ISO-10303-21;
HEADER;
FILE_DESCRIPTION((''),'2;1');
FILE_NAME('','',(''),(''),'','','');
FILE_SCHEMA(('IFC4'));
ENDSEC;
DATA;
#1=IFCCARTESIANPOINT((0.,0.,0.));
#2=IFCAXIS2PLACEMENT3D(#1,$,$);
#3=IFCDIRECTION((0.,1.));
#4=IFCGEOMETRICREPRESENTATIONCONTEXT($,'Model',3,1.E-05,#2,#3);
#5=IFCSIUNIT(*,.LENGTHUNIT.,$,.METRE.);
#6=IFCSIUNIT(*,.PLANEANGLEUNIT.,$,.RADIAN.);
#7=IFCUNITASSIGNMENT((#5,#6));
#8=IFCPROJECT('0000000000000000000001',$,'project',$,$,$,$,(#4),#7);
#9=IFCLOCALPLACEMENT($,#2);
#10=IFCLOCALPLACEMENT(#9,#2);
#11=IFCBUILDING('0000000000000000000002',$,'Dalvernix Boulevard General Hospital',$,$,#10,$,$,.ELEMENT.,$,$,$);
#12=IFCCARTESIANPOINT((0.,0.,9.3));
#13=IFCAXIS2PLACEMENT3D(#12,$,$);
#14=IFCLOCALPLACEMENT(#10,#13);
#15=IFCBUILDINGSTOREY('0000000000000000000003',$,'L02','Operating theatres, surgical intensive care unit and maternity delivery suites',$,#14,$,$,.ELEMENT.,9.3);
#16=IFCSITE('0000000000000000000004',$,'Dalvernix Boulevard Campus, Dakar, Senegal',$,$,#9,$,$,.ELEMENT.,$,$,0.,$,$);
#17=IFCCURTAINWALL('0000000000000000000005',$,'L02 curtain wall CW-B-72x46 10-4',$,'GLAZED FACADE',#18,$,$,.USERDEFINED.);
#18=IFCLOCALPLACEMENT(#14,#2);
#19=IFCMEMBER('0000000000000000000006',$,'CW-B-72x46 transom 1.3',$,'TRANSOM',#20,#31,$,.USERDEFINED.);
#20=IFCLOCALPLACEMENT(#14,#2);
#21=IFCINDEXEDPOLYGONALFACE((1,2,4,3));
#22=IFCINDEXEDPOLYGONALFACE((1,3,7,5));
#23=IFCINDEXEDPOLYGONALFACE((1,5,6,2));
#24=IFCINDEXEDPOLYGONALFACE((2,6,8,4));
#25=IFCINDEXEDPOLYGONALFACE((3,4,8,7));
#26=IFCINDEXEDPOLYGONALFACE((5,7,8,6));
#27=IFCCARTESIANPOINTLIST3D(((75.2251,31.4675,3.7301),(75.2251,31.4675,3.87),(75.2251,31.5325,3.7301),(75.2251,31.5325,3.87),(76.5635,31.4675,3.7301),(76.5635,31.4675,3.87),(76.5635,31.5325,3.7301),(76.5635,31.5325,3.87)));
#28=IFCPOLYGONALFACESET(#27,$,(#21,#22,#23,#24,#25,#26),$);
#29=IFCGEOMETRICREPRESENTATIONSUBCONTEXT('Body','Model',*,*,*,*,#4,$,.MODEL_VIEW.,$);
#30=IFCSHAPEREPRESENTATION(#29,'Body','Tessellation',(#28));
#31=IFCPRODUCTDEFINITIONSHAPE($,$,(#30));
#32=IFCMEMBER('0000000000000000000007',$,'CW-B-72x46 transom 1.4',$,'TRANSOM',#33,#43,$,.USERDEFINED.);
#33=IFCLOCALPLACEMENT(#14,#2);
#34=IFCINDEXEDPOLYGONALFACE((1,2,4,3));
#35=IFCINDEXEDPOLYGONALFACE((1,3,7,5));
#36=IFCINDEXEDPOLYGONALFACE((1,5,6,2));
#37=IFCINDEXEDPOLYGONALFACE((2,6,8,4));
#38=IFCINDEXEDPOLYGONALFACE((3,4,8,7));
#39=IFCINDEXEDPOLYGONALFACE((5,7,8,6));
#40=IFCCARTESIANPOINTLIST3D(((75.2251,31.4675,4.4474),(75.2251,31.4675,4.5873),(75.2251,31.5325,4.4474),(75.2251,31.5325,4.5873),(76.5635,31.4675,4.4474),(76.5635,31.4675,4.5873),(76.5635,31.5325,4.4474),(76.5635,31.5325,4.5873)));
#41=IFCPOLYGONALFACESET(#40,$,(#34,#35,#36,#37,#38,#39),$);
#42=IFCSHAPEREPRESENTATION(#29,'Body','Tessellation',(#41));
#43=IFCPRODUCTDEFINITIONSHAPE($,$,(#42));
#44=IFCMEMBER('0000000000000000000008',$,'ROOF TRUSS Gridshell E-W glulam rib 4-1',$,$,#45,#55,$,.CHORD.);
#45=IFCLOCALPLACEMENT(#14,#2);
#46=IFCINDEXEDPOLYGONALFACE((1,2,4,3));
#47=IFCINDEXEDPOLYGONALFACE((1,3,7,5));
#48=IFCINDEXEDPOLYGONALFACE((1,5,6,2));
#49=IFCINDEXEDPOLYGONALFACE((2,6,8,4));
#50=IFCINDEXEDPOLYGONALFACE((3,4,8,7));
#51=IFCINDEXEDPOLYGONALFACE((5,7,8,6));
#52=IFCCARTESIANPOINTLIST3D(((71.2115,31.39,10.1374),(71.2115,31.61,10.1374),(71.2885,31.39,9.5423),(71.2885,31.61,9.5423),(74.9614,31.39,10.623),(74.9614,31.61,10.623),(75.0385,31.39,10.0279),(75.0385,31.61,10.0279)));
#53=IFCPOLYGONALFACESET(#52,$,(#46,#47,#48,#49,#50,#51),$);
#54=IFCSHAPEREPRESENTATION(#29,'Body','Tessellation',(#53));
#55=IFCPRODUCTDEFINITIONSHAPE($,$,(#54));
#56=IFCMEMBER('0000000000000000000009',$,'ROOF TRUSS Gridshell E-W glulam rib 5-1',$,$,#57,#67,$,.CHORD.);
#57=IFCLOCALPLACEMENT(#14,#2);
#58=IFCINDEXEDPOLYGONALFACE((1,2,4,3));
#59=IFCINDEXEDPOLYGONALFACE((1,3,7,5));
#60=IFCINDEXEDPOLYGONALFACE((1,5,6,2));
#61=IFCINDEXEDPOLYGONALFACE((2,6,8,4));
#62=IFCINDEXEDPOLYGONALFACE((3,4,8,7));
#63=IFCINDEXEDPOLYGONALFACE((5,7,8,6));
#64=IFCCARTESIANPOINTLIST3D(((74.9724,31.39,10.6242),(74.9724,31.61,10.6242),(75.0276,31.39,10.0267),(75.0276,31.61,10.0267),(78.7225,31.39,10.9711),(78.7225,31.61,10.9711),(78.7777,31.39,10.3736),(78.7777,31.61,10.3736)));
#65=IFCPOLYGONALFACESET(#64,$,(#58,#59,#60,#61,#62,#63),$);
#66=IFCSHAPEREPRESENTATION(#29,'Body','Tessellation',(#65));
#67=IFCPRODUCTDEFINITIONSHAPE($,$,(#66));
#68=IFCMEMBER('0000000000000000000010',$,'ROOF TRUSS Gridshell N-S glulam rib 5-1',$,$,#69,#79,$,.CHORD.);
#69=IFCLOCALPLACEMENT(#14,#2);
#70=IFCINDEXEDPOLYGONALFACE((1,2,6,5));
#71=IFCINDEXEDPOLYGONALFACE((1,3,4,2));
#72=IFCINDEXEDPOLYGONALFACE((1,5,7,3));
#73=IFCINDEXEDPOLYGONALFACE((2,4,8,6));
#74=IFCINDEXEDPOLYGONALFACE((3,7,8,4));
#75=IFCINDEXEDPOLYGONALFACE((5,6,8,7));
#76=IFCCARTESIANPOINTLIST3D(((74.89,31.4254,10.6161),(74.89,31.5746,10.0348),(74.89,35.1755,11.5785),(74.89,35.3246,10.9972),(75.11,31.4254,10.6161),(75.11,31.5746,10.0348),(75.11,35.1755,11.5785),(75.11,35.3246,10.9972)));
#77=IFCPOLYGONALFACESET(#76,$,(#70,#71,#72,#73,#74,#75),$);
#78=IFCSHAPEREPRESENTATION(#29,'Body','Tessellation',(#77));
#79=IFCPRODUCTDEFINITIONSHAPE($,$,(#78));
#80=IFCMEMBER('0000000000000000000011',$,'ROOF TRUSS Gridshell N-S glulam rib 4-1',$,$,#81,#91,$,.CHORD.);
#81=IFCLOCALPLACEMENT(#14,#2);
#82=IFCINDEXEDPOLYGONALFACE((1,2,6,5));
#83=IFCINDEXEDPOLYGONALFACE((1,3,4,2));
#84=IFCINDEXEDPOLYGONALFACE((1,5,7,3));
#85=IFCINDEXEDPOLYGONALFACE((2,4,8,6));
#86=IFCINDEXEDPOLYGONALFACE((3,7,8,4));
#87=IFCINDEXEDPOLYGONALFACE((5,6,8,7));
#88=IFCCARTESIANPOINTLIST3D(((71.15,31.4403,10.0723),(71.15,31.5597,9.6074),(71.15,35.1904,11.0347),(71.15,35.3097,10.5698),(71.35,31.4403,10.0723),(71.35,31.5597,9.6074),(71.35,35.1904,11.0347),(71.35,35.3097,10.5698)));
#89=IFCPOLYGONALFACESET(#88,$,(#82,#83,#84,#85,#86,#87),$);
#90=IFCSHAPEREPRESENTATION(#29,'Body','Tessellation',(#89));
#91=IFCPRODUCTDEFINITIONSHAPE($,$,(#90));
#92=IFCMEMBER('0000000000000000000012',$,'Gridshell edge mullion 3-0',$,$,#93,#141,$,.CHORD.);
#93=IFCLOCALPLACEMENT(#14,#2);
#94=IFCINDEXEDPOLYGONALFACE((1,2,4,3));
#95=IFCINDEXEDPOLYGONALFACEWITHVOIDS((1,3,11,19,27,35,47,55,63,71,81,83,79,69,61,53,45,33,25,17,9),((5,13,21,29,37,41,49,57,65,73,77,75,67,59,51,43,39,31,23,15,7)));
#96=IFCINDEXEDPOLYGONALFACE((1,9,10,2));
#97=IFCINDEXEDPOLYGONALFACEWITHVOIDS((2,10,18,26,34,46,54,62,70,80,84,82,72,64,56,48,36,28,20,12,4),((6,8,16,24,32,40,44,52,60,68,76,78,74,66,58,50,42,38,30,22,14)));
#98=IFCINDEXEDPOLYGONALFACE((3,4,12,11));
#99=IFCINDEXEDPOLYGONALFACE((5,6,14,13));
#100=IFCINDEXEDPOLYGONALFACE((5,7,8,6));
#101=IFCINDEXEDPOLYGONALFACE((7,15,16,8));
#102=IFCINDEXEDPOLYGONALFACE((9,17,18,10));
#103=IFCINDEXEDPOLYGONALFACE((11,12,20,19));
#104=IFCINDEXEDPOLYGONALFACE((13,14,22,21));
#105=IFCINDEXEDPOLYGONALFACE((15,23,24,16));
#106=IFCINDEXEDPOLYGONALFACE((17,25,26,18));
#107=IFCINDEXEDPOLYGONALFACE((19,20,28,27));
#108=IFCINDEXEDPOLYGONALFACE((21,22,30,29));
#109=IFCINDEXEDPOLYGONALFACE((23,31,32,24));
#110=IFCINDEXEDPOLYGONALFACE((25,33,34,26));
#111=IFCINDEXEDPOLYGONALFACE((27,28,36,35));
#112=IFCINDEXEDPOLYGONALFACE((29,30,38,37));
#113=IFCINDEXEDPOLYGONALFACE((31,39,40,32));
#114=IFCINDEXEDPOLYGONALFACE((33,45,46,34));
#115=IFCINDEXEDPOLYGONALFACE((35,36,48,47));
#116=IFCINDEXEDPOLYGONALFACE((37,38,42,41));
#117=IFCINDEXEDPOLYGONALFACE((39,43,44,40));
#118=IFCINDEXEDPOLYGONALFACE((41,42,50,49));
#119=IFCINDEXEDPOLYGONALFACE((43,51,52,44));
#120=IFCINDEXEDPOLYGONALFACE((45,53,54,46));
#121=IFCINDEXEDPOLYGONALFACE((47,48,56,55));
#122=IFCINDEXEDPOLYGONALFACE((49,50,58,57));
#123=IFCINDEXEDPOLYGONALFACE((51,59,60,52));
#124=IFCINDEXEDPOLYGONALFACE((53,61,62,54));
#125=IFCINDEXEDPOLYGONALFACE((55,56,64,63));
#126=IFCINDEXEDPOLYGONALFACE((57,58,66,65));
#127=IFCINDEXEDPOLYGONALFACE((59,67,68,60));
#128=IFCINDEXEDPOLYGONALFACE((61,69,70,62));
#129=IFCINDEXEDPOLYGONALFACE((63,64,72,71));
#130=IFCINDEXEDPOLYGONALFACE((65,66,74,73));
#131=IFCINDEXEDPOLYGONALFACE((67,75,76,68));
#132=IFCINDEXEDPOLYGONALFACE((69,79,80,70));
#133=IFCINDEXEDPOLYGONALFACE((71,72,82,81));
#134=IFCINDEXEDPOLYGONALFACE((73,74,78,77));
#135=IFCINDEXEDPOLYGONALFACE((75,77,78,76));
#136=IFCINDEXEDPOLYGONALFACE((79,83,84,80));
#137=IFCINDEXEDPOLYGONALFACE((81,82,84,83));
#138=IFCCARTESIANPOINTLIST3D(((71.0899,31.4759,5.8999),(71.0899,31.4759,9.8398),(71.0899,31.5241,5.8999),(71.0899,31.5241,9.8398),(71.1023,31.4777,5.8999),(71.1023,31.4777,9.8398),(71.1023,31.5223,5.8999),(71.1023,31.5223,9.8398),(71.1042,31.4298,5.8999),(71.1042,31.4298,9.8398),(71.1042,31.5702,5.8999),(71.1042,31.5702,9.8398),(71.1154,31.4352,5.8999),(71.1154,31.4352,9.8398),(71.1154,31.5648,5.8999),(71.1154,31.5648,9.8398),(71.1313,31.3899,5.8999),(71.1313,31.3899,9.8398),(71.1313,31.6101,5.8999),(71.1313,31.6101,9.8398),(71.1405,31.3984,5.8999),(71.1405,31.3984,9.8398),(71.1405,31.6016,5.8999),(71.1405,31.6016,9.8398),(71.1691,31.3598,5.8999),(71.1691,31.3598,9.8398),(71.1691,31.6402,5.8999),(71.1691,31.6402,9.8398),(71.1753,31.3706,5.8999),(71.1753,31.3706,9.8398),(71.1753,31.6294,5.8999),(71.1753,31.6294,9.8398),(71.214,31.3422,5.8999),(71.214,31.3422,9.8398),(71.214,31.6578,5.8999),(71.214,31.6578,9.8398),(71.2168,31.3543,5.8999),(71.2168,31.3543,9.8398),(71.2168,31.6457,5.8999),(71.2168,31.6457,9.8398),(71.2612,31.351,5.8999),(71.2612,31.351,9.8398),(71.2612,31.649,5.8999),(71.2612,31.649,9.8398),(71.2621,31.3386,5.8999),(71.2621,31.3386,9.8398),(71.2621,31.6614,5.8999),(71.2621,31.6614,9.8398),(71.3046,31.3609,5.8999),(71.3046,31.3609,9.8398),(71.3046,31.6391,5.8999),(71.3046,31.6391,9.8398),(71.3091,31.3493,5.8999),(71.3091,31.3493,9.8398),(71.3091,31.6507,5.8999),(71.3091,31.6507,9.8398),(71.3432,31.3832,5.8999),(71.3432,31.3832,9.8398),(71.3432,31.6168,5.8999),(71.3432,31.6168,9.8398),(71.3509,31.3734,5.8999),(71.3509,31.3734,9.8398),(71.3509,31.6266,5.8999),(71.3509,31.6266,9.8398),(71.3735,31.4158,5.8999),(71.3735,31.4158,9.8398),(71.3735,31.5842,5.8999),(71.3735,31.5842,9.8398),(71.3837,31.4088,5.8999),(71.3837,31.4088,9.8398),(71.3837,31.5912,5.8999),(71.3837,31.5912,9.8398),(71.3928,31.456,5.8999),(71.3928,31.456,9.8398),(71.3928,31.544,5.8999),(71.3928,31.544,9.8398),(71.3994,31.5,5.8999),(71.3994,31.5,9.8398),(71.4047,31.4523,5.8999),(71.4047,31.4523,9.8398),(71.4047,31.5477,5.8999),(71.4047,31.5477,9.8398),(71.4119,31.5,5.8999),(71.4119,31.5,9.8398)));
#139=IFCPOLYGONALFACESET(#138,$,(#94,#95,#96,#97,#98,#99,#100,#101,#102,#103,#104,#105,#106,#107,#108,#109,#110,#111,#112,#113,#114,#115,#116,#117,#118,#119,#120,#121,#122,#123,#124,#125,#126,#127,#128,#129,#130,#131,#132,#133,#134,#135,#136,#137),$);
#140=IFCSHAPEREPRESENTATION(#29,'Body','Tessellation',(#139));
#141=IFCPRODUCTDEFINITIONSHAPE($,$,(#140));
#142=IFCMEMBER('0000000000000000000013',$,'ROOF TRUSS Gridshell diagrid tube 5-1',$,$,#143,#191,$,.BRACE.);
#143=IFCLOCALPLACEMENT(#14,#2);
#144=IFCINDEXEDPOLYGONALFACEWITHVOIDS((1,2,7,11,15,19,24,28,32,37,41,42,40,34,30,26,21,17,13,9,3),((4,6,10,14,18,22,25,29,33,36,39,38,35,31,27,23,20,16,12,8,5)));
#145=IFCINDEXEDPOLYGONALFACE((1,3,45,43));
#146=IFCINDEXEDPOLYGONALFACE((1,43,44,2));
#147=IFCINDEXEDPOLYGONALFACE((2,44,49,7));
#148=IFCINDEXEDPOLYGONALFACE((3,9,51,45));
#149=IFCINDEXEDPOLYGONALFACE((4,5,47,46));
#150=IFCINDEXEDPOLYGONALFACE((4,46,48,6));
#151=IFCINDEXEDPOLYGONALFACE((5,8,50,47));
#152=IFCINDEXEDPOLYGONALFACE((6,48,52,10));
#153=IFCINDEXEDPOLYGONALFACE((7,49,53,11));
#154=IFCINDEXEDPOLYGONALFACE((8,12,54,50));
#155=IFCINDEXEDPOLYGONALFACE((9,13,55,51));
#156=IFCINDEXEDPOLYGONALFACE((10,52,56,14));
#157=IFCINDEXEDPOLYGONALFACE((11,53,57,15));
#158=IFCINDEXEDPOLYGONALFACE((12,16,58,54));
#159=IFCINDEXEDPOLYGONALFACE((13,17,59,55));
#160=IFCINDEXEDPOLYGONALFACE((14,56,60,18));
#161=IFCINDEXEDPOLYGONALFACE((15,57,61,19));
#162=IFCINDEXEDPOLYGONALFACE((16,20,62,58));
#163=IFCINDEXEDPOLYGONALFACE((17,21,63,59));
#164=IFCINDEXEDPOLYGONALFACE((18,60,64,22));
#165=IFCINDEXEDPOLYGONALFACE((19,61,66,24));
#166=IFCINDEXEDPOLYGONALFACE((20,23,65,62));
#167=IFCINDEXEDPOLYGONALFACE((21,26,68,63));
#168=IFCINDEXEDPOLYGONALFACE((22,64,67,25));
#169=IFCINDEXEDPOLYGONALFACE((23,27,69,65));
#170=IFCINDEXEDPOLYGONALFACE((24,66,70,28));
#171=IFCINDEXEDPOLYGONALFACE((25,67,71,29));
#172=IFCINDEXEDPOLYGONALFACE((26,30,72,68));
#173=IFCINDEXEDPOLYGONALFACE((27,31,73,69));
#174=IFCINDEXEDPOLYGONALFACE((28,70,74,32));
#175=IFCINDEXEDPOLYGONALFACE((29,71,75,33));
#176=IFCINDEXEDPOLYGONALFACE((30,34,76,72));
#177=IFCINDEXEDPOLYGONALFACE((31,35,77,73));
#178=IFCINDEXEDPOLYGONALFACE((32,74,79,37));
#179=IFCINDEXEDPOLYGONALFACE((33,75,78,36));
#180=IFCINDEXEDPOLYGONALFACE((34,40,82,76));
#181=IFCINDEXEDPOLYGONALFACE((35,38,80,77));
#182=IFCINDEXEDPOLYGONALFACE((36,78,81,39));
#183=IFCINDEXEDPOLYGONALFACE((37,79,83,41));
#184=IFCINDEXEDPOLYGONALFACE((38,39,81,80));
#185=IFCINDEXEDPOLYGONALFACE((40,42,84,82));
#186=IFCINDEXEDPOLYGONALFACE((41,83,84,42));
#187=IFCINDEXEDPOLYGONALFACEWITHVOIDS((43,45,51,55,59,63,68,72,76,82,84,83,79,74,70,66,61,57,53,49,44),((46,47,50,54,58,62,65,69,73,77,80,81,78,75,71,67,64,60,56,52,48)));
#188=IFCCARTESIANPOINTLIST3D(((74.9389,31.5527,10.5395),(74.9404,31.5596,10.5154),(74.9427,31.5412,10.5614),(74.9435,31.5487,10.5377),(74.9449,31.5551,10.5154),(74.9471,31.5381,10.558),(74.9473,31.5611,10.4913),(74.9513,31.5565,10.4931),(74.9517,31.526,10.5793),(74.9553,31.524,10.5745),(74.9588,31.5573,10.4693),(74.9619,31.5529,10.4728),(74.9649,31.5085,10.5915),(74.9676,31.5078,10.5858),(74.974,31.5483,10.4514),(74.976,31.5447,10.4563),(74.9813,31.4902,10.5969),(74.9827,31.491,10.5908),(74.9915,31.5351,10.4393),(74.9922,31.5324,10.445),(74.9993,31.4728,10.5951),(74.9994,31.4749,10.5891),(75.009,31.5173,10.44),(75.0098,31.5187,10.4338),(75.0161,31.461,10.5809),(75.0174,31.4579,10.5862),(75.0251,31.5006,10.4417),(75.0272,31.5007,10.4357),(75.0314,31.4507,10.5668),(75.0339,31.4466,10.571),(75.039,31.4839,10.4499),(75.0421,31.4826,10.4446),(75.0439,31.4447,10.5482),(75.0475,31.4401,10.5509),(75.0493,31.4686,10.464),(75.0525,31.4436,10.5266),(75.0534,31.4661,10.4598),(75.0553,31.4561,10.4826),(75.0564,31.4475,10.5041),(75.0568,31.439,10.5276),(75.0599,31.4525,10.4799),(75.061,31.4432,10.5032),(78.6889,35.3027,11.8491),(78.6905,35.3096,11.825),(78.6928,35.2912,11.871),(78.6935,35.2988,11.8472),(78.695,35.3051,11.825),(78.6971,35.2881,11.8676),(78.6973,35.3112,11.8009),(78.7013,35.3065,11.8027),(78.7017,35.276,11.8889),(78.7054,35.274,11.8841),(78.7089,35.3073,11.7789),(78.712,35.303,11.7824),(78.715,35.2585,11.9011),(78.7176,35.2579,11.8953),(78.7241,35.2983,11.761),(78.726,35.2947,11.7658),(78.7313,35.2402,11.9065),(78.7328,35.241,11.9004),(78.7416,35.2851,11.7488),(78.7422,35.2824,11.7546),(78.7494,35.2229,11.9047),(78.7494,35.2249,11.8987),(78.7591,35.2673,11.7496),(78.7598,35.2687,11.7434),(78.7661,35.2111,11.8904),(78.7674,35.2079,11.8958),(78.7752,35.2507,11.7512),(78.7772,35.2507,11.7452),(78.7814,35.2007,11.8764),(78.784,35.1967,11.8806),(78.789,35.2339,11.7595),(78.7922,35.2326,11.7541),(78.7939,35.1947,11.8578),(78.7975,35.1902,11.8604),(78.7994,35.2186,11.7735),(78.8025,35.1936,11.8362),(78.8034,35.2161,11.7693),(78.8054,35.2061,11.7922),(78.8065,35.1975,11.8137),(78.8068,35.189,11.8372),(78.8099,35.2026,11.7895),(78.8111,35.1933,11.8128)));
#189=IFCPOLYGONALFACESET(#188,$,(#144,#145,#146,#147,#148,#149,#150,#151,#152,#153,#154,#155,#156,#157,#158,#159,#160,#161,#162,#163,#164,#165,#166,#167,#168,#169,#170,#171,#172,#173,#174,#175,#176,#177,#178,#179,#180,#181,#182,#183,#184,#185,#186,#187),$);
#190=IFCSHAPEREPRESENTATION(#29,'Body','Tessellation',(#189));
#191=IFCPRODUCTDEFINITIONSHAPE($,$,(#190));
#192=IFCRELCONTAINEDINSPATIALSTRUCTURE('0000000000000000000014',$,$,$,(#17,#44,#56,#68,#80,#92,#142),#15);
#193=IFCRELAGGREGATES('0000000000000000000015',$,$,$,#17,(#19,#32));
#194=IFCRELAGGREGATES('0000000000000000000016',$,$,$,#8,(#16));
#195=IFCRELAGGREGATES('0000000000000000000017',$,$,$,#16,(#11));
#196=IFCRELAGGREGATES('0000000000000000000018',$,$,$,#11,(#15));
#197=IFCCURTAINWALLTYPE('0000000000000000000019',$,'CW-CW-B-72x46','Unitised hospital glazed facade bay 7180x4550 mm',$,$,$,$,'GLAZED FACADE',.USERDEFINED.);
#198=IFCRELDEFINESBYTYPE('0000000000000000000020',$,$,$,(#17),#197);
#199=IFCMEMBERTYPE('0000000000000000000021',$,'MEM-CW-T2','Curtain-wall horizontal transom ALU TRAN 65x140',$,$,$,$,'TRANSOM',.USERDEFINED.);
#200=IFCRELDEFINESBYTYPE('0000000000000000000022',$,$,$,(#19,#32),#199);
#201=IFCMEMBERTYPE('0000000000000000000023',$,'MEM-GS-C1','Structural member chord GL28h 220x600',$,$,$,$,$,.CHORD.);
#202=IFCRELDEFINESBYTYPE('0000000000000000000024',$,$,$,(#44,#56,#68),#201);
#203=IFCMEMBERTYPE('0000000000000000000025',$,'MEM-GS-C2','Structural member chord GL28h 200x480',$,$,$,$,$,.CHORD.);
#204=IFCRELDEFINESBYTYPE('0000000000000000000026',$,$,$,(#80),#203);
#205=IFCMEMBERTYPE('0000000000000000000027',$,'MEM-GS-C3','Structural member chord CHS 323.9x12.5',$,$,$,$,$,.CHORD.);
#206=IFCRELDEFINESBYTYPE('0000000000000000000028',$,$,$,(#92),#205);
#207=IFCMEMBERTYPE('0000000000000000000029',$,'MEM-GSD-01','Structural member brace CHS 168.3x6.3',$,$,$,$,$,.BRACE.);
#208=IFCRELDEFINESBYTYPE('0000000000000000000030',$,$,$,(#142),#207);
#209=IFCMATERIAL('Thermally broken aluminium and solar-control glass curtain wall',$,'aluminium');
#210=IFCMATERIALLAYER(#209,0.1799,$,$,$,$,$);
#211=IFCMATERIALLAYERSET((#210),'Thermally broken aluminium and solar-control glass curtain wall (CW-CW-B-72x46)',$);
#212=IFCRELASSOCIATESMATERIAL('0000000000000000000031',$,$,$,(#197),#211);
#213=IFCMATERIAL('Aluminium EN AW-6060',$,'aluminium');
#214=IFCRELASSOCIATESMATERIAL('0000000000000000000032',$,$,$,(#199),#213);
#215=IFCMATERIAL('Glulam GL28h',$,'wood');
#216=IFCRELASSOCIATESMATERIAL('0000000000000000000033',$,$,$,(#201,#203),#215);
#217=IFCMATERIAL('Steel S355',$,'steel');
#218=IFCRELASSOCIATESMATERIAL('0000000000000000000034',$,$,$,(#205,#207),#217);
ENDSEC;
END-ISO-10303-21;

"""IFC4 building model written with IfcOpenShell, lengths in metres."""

from ifc_helpers import new_model, si_unit, direction, frame, origin, origin_2d, place, context, subcontext, project, spatial, rectangle, hollow_circle, extrude, material, layer, layer_set, material_profile, profile_set, type_object, element, aggregate, save


model = new_model("IFC4")

# Units and contexts
model_context = context("Model", 3, precision=1e-05, world=origin(), true_north=direction((0.0, 1.0)))
body_context = subcontext(model_context, "Body", "Model", "MODEL_VIEW")
ifc_project = project(units=[si_unit("LENGTHUNIT", "METRE"), si_unit("PLANEANGLEUNIT", "RADIAN")], contexts=[model_context])

# Site, building, storey
site_placement = place(None, origin())
site = spatial("IfcSite", under=ifc_project, at=site_placement, Name="Dalvernix Boulevard Campus, Dakar, Senegal", CompositionType="ELEMENT", RefElevation=0.0)
building_placement = place(site_placement, origin())
building = spatial("IfcBuilding", under=site, at=building_placement, Name="Dalvernix Boulevard General Hospital", CompositionType="ELEMENT")
storey_placement = place(building_placement, frame((0.0, 0.0, 9.3)))
storey = spatial("IfcBuildingStorey", under=building, at=storey_placement, Name="L02", Description="Operating theatres, surgical intensive care unit and maternity delivery suites", CompositionType="ELEMENT", Elevation=9.3)

# Shared definitions
ifc_material_1 = material(Name="Steel S355", Category="steel")

# Curtain wall, members
ifc_material_2 = material(Name="Thermally broken aluminium and solar-control glass curtain wall", Category="aluminium")
ifc_material_3 = material(Name="Aluminium EN AW-6060", Category="aluminium")
ifc_layer_1 = layer(ifc_material_2, 0.1799)
ifc_layer_set_1 = layer_set([ifc_layer_1], Name="Thermally broken aluminium and solar-control glass curtain wall (CW-CW-B-72x46)")
curtain_wall_type_1 = type_object("IfcCurtainWallType", Name="CW-CW-B-72x46", Description="Unitised hospital glazed facade bay 7180x4550 mm", ElementType="GLAZED FACADE", PredefinedType="USERDEFINED", material=ifc_layer_set_1)
curtain_wall_1_placement = place(storey_placement, origin())
curtain_wall_1 = element("IfcCurtainWall", 1, at=curtain_wall_1_placement, inside=storey, type_object=curtain_wall_type_1, Name="L02 curtain wall CW-B-72x46 10-4", ObjectType="GLAZED FACADE", PredefinedType="USERDEFINED")
ifc_material_profile_1 = material_profile(ifc_material_3, rectangle(XDim=0.0649, YDim=0.1399, at=origin_2d()), Name="ALU TRAN 65x140")
ifc_profile_set_1 = profile_set([ifc_material_profile_1], Name="Aluminium EN AW-6060")
member_type_1 = type_object("IfcMemberType", Name="MEM-CW-T2", Description="Curtain-wall horizontal transom ALU TRAN 65x140", ElementType="TRANSOM", PredefinedType="USERDEFINED", material=ifc_profile_set_1)
member_1_placement = place(storey_placement, frame((75.2251, 31.5, 3.8), z_axis=(1.0, 0.0, 0.0), x_axis=(0.0, 1.0, 0.0)))
member_1 = element("IfcMember", 2, at=member_1_placement, type_object=member_type_1, Name="CW-B-72x46 transom 1.3", ObjectType="TRANSOM", PredefinedType="USERDEFINED", context=body_context, shape_type="SweptSolid", body=[
    extrude(rectangle(XDim=0.0649, YDim=0.1399, at=origin_2d()), origin(), (0.0, 0.0, 1.0), 1.3384),
])
member_2_placement = place(storey_placement, frame((75.2251, 31.5, 4.5173), z_axis=(1.0, 0.0, 0.0), x_axis=(0.0, 1.0, 0.0)))
member_2 = element("IfcMember", 3, at=member_2_placement, type_object=member_type_1, Name="CW-B-72x46 transom 1.4", ObjectType="TRANSOM", PredefinedType="USERDEFINED", context=body_context, shape_type="SweptSolid", body=[
    extrude(rectangle(XDim=0.0649, YDim=0.1399, at=origin_2d()), origin(), (0.0, 0.0, 1.0), 1.3384),
])
aggregate(curtain_wall_1, [member_1, member_2])

# Members
ifc_material_4 = material(Name="Glulam GL28h", Category="wood")
ifc_material_profile_2 = material_profile(ifc_material_4, rectangle(XDim=0.22, YDim=0.6001, at=origin_2d()), Name="GL28h 220x600")
ifc_profile_set_2 = profile_set([ifc_material_profile_2], Name="Glulam GL28h")
member_type_2 = type_object("IfcMemberType", Name="MEM-GS-C1", Description="Structural member chord GL28h 220x600", PredefinedType="CHORD", material=ifc_profile_set_2)
member_3_placement = place(storey_placement, frame((71.25, 31.5, 9.8398), z_axis=(0.99172, 0.0, 0.12842), x_axis=(0.0, 1.0, 0.0)))
element("IfcMember", 4, at=member_3_placement, inside=storey, type_object=member_type_2, Name="ROOF TRUSS Gridshell E-W glulam rib 4-1", PredefinedType="CHORD", context=body_context, shape_type="SweptSolid", body=[
    extrude(rectangle(XDim=0.22, YDim=0.6001, at=origin_2d()), origin(), (0.0, 0.0, 1.0), 3.7812),
])
member_4_placement = place(storey_placement, frame((75.0, 31.5, 10.3254), z_axis=(0.995748, 0.0, 0.09212), x_axis=(0.0, 1.0, 0.0)))
element("IfcMember", 5, at=member_4_placement, inside=storey, type_object=member_type_2, Name="ROOF TRUSS Gridshell E-W glulam rib 5-1", PredefinedType="CHORD", context=body_context, shape_type="SweptSolid", body=[
    extrude(rectangle(XDim=0.22, YDim=0.6001, at=origin_2d()), origin(), (0.0, 0.0, 1.0), 3.7661),
])
member_5_placement = place(storey_placement, frame((75.0, 31.5, 10.3254), z_axis=(0.0, 0.96861, 0.248585), x_axis=(-1.0, 0.0, 0.0)))
element("IfcMember", 6, at=member_5_placement, inside=storey, type_object=member_type_2, Name="ROOF TRUSS Gridshell N-S glulam rib 5-1", PredefinedType="CHORD", context=body_context, shape_type="SweptSolid", body=[
    extrude(rectangle(XDim=0.22, YDim=0.6001, at=origin_2d()), origin(), (0.0, 0.0, 1.0), 3.8716),
])
ifc_material_profile_3 = material_profile(ifc_material_4, rectangle(XDim=0.2, YDim=0.48, at=origin_2d()), Name="GL28h 200x480")
ifc_profile_set_3 = profile_set([ifc_material_profile_3], Name="Glulam GL28h")
member_type_3 = type_object("IfcMemberType", Name="MEM-GS-C2", Description="Structural member chord GL28h 200x480", PredefinedType="CHORD", material=ifc_profile_set_3)
member_6_placement = place(storey_placement, frame((71.25, 31.5, 9.8398), z_axis=(0.0, 0.96861, 0.248585), x_axis=(-1.0, 0.0, 0.0)))
element("IfcMember", 7, at=member_6_placement, inside=storey, type_object=member_type_3, Name="ROOF TRUSS Gridshell N-S glulam rib 4-1", PredefinedType="CHORD", context=body_context, shape_type="SweptSolid", body=[
    extrude(rectangle(XDim=0.2, YDim=0.48, at=origin_2d()), origin(), (0.0, 0.0, 1.0), 3.8716),
])
ifc_material_profile_4 = material_profile(ifc_material_1, hollow_circle(Radius=0.1619, WallThickness=0.0125, at=origin_2d()), Name="CHS 323.9x12.5")
ifc_profile_set_4 = profile_set([ifc_material_profile_4], Name="Steel S355")
member_type_4 = type_object("IfcMemberType", Name="MEM-GS-C3", Description="Structural member chord CHS 323.9x12.5", PredefinedType="CHORD", material=ifc_profile_set_4)
member_7_placement = place(storey_placement, frame((71.25, 31.5, 5.8999), z_axis=(0.0, 0.0, 1.0), x_axis=(1.0, 0.0, 0.0)))
element("IfcMember", 8, at=member_7_placement, inside=storey, type_object=member_type_4, Name="Gridshell edge mullion 3-0", PredefinedType="CHORD", context=body_context, shape_type="SweptSolid", body=[
    extrude(hollow_circle(Radius=0.1619, WallThickness=0.0125, at=origin_2d()), origin(), (0.0, 0.0, 1.0), 3.9399),
])
ifc_material_profile_5 = material_profile(ifc_material_1, hollow_circle(Radius=0.0842, WallThickness=0.0063, at=origin_2d()), Name="CHS 168.3x6.3")
ifc_profile_set_5 = profile_set([ifc_material_profile_5], Name="Steel S355")
member_type_5 = type_object("IfcMemberType", Name="MEM-GSD-01", Description="Structural member brace CHS 168.3x6.3", PredefinedType="BRACE", material=ifc_profile_set_5)
member_8_placement = place(storey_placement, frame((75.0, 31.5, 10.5154), z_axis=(0.686487, 0.686487, 0.239734), x_axis=(-0.707107, 0.707107, 0.0)))
element("IfcMember", 9, at=member_8_placement, inside=storey, type_object=member_type_5, Name="ROOF TRUSS Gridshell diagrid tube 5-1", PredefinedType="BRACE", context=body_context, shape_type="SweptSolid", body=[
    extrude(hollow_circle(Radius=0.0842, WallThickness=0.0063, at=origin_2d()), origin(), (0.0, 0.0, 1.0), 5.4626),
])

save(model, "model.ifc")
